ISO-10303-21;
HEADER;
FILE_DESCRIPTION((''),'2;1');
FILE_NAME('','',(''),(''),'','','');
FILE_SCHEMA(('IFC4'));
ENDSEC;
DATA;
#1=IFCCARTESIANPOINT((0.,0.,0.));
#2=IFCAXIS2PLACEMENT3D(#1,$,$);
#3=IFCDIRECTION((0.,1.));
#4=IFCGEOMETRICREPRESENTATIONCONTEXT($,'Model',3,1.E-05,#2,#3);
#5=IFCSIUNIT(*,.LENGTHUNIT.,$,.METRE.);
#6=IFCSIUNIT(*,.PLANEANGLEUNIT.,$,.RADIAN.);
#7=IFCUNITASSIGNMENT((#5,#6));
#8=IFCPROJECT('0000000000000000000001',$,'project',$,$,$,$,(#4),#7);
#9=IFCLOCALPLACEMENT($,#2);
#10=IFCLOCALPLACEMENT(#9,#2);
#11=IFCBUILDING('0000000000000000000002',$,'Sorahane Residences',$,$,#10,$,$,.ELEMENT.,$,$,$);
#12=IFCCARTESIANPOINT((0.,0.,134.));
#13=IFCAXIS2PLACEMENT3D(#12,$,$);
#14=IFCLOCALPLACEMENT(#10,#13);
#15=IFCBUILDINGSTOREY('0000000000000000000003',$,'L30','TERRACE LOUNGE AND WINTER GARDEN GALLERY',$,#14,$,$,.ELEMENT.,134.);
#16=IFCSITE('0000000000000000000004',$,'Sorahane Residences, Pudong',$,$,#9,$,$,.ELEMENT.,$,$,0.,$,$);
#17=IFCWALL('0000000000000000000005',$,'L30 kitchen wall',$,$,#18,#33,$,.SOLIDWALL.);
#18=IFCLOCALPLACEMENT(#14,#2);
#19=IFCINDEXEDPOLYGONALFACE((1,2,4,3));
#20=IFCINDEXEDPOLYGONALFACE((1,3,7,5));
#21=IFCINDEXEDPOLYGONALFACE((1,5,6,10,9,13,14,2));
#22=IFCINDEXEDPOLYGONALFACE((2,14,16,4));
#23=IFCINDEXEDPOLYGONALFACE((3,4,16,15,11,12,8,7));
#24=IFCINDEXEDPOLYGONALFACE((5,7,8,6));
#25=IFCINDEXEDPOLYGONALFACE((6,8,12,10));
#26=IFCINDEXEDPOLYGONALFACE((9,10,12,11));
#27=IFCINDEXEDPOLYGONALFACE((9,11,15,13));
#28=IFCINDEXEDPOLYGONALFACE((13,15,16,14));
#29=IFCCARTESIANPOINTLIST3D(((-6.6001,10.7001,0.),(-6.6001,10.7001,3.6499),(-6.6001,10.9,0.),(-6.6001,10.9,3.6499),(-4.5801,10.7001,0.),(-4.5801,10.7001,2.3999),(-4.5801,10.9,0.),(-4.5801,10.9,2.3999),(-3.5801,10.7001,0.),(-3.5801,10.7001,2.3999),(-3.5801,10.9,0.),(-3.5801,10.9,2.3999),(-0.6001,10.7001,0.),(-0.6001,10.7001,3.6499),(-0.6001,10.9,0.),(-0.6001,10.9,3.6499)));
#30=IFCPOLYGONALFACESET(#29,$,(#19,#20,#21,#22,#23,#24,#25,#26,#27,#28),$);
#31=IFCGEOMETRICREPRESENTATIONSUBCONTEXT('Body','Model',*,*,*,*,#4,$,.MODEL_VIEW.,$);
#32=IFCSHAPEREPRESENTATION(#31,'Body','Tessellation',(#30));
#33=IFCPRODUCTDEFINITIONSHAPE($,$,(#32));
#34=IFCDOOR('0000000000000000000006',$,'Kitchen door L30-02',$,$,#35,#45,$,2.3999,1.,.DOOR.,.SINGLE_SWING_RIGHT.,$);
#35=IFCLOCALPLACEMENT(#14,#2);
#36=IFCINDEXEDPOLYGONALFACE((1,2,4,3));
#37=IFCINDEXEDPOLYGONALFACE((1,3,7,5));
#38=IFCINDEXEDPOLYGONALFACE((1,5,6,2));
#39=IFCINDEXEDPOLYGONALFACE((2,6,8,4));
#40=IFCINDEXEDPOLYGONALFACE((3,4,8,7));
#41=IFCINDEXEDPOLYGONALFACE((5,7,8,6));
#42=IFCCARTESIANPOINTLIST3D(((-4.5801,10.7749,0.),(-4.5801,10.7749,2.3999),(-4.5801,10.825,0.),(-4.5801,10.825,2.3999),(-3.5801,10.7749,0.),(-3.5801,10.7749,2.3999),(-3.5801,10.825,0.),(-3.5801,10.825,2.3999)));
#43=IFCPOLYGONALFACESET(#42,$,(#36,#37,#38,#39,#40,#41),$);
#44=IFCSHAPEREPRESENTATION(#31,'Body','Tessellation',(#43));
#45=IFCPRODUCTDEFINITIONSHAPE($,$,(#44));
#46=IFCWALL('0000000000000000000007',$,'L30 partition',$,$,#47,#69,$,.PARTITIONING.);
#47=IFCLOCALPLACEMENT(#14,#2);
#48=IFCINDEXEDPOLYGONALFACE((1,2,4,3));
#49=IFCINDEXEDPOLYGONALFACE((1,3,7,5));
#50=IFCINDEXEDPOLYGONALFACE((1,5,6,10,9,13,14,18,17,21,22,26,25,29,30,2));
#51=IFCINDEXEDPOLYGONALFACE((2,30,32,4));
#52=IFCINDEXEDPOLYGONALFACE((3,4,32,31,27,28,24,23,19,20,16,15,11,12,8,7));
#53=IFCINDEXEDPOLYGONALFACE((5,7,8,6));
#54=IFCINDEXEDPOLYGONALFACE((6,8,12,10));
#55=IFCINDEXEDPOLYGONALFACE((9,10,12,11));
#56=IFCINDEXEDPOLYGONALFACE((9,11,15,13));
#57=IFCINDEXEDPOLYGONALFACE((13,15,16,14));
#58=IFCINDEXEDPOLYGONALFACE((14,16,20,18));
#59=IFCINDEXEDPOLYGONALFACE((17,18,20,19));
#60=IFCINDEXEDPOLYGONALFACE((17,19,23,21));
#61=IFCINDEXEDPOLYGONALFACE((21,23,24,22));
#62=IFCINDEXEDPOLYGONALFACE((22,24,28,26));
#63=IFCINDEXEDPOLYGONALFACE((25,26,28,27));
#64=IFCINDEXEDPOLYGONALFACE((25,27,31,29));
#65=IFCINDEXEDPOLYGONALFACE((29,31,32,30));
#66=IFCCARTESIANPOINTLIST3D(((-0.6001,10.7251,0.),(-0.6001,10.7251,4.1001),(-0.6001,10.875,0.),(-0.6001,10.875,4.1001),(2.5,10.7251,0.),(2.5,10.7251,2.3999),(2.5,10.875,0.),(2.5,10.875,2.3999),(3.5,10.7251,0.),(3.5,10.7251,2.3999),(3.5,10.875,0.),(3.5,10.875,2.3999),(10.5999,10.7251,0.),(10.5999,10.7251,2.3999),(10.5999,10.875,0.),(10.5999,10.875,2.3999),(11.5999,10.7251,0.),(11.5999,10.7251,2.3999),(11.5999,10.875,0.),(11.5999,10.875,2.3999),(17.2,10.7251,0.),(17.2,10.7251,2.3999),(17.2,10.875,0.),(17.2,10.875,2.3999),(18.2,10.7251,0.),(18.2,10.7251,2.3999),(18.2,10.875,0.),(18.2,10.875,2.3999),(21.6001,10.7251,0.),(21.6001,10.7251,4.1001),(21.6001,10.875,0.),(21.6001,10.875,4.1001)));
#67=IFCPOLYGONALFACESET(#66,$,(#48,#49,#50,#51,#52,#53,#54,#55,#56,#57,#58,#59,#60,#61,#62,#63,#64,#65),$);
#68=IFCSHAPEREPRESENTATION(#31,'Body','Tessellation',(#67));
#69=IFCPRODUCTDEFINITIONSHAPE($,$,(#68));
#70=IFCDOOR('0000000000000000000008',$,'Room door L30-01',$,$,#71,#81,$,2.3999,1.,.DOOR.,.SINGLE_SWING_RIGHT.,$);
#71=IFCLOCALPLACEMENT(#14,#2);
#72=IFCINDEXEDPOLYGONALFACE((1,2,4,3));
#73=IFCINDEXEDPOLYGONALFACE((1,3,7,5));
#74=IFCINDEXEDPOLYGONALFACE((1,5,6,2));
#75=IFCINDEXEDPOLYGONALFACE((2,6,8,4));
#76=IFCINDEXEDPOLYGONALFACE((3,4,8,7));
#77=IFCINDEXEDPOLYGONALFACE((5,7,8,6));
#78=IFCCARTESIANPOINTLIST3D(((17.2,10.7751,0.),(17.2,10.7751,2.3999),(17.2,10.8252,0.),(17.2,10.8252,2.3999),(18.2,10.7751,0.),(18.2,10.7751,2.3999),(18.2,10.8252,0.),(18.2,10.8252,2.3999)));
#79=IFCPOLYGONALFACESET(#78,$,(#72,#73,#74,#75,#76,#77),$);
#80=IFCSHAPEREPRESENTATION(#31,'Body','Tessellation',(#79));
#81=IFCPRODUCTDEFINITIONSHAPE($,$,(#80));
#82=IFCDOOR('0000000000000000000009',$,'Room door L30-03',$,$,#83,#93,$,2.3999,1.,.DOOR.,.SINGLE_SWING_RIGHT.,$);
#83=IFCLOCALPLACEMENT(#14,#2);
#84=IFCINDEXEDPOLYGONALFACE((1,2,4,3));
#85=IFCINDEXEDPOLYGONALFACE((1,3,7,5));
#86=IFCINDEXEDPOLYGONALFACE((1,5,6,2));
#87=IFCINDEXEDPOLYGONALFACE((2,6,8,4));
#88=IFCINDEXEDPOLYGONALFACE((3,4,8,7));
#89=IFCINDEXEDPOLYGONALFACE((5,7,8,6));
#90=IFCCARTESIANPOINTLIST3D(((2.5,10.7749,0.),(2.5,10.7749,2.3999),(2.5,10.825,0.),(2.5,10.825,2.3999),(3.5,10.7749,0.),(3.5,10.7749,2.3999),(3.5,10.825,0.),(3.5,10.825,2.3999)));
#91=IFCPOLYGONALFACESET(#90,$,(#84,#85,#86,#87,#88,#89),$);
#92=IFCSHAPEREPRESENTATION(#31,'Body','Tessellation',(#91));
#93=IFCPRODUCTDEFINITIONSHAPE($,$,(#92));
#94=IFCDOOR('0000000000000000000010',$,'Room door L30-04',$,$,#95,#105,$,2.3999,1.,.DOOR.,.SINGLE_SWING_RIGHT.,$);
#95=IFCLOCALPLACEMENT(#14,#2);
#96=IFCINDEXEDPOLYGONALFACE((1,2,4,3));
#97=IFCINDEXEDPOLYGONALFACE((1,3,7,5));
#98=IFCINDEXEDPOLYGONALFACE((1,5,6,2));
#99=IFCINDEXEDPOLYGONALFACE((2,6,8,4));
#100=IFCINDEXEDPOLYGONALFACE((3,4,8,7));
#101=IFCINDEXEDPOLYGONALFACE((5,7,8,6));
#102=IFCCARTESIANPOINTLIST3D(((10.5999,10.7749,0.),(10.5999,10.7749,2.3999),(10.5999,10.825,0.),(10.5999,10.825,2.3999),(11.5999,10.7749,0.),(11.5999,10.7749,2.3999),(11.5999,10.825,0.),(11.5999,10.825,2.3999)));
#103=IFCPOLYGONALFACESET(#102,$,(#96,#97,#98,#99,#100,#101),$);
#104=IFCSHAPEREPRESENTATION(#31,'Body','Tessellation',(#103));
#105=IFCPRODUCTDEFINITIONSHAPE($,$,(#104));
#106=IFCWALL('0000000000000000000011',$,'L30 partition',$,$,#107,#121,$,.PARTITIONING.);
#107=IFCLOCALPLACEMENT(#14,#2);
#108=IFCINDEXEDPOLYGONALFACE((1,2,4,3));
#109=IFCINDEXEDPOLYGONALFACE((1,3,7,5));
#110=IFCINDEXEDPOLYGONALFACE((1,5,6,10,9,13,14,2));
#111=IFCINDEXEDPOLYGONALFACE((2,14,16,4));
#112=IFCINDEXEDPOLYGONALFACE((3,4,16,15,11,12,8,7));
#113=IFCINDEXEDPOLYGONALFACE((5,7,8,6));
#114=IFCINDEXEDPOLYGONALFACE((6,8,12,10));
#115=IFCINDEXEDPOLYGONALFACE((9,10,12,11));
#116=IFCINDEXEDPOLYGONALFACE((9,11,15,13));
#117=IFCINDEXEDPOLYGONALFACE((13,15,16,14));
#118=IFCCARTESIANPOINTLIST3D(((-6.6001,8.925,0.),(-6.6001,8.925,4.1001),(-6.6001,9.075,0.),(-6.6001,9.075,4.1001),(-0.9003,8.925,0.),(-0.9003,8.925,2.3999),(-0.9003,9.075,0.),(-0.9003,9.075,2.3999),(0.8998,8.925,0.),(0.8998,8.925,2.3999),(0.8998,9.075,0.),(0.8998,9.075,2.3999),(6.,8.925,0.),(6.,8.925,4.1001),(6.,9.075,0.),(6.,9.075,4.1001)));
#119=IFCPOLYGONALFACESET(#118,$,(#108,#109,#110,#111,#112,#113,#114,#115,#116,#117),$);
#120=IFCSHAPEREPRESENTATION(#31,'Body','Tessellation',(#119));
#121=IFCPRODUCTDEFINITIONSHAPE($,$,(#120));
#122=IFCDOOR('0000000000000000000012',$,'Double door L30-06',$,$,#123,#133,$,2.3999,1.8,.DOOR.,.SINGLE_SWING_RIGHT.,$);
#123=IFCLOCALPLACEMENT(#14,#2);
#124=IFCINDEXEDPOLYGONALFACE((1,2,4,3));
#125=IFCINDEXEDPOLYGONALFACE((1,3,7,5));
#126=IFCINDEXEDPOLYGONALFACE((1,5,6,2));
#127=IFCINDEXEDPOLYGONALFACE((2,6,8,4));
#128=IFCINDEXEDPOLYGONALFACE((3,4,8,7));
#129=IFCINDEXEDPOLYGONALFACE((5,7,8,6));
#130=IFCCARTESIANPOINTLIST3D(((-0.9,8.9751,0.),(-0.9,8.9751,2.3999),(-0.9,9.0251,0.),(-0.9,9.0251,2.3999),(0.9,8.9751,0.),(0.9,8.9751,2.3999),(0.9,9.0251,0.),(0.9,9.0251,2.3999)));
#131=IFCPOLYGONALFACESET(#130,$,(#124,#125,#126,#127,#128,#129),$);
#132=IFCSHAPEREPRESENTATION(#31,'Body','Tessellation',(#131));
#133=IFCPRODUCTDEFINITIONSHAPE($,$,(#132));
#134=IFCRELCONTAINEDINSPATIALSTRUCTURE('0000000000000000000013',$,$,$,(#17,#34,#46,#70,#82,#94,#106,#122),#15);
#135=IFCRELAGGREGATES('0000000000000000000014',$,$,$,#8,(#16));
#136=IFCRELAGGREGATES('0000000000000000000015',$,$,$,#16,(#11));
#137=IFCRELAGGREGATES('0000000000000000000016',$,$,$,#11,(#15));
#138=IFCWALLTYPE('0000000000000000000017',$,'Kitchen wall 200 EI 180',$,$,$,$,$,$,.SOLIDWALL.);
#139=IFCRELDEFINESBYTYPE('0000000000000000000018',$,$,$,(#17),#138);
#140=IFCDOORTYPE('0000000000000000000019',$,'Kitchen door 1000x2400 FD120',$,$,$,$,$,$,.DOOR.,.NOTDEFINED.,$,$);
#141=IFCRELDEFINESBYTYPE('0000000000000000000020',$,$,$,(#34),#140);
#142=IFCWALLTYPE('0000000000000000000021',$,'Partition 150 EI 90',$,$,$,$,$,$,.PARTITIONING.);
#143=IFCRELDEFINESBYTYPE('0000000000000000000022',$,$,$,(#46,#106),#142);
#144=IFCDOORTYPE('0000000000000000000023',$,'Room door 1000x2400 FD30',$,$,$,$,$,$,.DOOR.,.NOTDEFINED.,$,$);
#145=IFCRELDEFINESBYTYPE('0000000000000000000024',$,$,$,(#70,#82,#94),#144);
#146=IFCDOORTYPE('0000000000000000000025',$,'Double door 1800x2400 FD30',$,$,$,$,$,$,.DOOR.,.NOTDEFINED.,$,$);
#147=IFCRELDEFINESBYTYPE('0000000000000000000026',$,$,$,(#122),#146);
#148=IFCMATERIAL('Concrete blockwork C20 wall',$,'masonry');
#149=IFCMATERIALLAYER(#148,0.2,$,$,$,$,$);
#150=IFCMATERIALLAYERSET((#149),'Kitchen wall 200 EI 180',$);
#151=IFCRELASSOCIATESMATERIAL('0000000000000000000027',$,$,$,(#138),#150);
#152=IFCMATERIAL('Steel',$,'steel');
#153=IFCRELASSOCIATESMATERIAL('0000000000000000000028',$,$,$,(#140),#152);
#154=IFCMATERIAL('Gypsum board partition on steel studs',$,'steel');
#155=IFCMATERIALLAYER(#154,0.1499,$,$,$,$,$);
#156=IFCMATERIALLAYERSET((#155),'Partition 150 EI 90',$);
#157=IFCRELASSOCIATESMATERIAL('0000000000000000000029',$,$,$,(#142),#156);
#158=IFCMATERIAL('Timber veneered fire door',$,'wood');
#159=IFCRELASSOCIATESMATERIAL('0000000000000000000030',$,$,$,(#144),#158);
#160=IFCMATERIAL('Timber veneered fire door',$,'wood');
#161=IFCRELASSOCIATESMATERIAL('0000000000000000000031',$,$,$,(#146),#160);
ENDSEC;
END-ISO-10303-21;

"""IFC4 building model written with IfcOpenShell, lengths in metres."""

from ifc_helpers import new_model, si_unit, direction, frame, frame_2d, origin, place, context, subcontext, project, spatial, rectangle, extrude, material, layer, layer_set, type_object, element, fill, save


model = new_model("IFC4")

# Units and contexts
model_context = context("Model", 3, precision=1e-05, world=origin(), true_north=direction((0.0, 1.0)))
body_context = subcontext(model_context, "Body", "Model", "MODEL_VIEW")
ifc_project = project(units=[si_unit("LENGTHUNIT", "METRE"), si_unit("PLANEANGLEUNIT", "RADIAN")], contexts=[model_context])

# Site, building, storey
site_placement = place(None, origin())
site = spatial("IfcSite", under=ifc_project, at=site_placement, Name="Sorahane Residences, Pudong", CompositionType="ELEMENT", RefElevation=0.0)
building_placement = place(site_placement, origin())
building = spatial("IfcBuilding", under=site, at=building_placement, Name="Sorahane Residences", CompositionType="ELEMENT")
storey_placement = place(building_placement, frame((0.0, 0.0, 134.0)))
storey = spatial("IfcBuildingStorey", under=building, at=storey_placement, Name="L30", Description="TERRACE LOUNGE AND WINTER GARDEN GALLERY", CompositionType="ELEMENT", Elevation=134.0)

# Shared definitions
ifc_material_1 = material(Name="Concrete blockwork C20 wall", Category="masonry")
ifc_layer_1 = layer(ifc_material_1, 0.2)
ifc_layer_set_1 = layer_set([ifc_layer_1], Name="Kitchen wall 200 EI 180")
wall_type_1 = type_object("IfcWallType", Name="Kitchen wall 200 EI 180", PredefinedType="SOLIDWALL", material=ifc_layer_set_1)

# Wall, opening, door
wall_1_placement = place(storey_placement, frame((-6.6001, 10.8, 0.0), z_axis=(0.0, 0.0, 1.0), x_axis=(1.0, 0.0, 0.0)))
wall_1 = element("IfcWall", 1, at=wall_1_placement, inside=storey, type_object=wall_type_1, Name="L30 kitchen wall", PredefinedType="SOLIDWALL", context=body_context, shape_type="SweptSolid", body=[
    extrude(rectangle(XDim=6.0, YDim=0.2, at=frame_2d((3.0, 0.0))), origin(), (0.0, 0.0, 1.0), 3.6499),
])
opening_1_placement = place(wall_1_placement, frame((2.02, 0.0, 0.0)))
opening_1 = element("IfcOpeningElement", 2, at=opening_1_placement, cuts=wall_1, PredefinedType="OPENING", context=body_context, shape_type="SweptSolid", body=[
    extrude(rectangle(XDim=1.0, YDim=2.3999, at=frame_2d((0.5, 1.2))), frame((0.0, 0.1099, 0.0), z_axis=(0.0, -1.0, 0.0), x_axis=(1.0, 0.0, 0.0)), (0.0, 0.0, 1.0), 0.22),
])
ifc_material_2 = material(Name="Steel", Category="steel")
door_type_1 = type_object("IfcDoorType", Name="Kitchen door 1000x2400 FD120", OperationType="NOTDEFINED", PredefinedType="DOOR", material=ifc_material_2)
door_1_placement = place(opening_1_placement, origin())
door_1 = element("IfcDoor", 3, at=door_1_placement, inside=storey, type_object=door_type_1, Name="Kitchen door L30-02", OperationType="SINGLE_SWING_RIGHT", OverallHeight=2.3999, OverallWidth=1.0, PredefinedType="DOOR", context=body_context, shape_type="SweptSolid", body=[
    extrude(rectangle(XDim=1.0, YDim=2.3999, at=frame_2d((0.5, 1.2))), frame((0.0, 0.0249, 0.0), z_axis=(0.0, -1.0, 0.0), x_axis=(1.0, 0.0, 0.0)), (0.0, 0.0, 1.0), 0.05),
])
fill(opening_1, door_1)

# Wall, openings, doors
ifc_material_3 = material(Name="Gypsum board partition on steel studs", Category="steel")
ifc_layer_2 = layer(ifc_material_3, 0.1499)
ifc_layer_set_2 = layer_set([ifc_layer_2], Name="Partition 150 EI 90")
wall_type_2 = type_object("IfcWallType", Name="Partition 150 EI 90", PredefinedType="PARTITIONING", material=ifc_layer_set_2)
wall_2_placement = place(storey_placement, frame((-0.6001, 10.8, 0.0), z_axis=(0.0, 0.0, 1.0), x_axis=(1.0, 0.0, 0.0)))
wall_2 = element("IfcWall", 4, at=wall_2_placement, inside=storey, type_object=wall_type_2, Name="L30 partition", PredefinedType="PARTITIONING", context=body_context, shape_type="SweptSolid", body=[
    extrude(rectangle(XDim=22.2002, YDim=0.1499, at=frame_2d((11.1001, 0.0))), origin(), (0.0, 0.0, 1.0), 4.1001),
])
opening_2_placement = place(wall_2_placement, frame((17.8, 0.0, 0.0)))
opening_2 = element("IfcOpeningElement", 5, at=opening_2_placement, cuts=wall_2, PredefinedType="OPENING", context=body_context, shape_type="SweptSolid", body=[
    extrude(rectangle(XDim=1.0, YDim=2.3999, at=frame_2d((0.5, 1.2))), frame((0.0, 0.085, 0.0), z_axis=(0.0, -1.0, 0.0), x_axis=(1.0, 0.0, 0.0)), (0.0, 0.0, 1.0), 0.1699),
])
opening_3_placement = place(wall_2_placement, frame((3.1001, 0.0, 0.0)))
opening_3 = element("IfcOpeningElement", 6, at=opening_3_placement, cuts=wall_2, PredefinedType="OPENING", context=body_context, shape_type="SweptSolid", body=[
    extrude(rectangle(XDim=1.0, YDim=2.3999, at=frame_2d((0.5, 1.2))), frame((0.0, 0.085, 0.0), z_axis=(0.0, -1.0, 0.0), x_axis=(1.0, 0.0, 0.0)), (0.0, 0.0, 1.0), 0.1699),
])
opening_4_placement = place(wall_2_placement, frame((11.2, 0.0, 0.0)))
opening_4 = element("IfcOpeningElement", 7, at=opening_4_placement, cuts=wall_2, PredefinedType="OPENING", context=body_context, shape_type="SweptSolid", body=[
    extrude(rectangle(XDim=1.0, YDim=2.3999, at=frame_2d((0.5, 1.2))), frame((0.0, 0.085, 0.0), z_axis=(0.0, -1.0, 0.0), x_axis=(1.0, 0.0, 0.0)), (0.0, 0.0, 1.0), 0.1699),
])
ifc_material_4 = material(Name="Timber veneered fire door", Category="wood")
door_type_2 = type_object("IfcDoorType", Name="Room door 1000x2400 FD30", OperationType="NOTDEFINED", PredefinedType="DOOR", material=ifc_material_4)
door_2_placement = place(opening_2_placement, frame((1.0, 0.0, 0.0), z_axis=(0.0, 0.0, 1.0), x_axis=(-1.0, 0.0, 0.0)))
door_2 = element("IfcDoor", 8, at=door_2_placement, inside=storey, type_object=door_type_2, Name="Room door L30-01", OperationType="SINGLE_SWING_RIGHT", OverallHeight=2.3999, OverallWidth=1.0, PredefinedType="DOOR", context=body_context, shape_type="SweptSolid", body=[
    extrude(rectangle(XDim=1.0, YDim=2.3999, at=frame_2d((0.5, 1.2))), frame((0.0, 0.0249, 0.0), z_axis=(0.0, -1.0, 0.0), x_axis=(1.0, 0.0, 0.0)), (0.0, 0.0, 1.0), 0.05),
])
fill(opening_2, door_2)
door_3_placement = place(opening_3_placement, origin())
door_3 = element("IfcDoor", 9, at=door_3_placement, inside=storey, type_object=door_type_2, Name="Room door L30-03", OperationType="SINGLE_SWING_RIGHT", OverallHeight=2.3999, OverallWidth=1.0, PredefinedType="DOOR", context=body_context, shape_type="SweptSolid", body=[
    extrude(rectangle(XDim=1.0, YDim=2.3999, at=frame_2d((0.5, 1.2))), frame((0.0, 0.0249, 0.0), z_axis=(0.0, -1.0, 0.0), x_axis=(1.0, 0.0, 0.0)), (0.0, 0.0, 1.0), 0.05),
])
fill(opening_3, door_3)
door_4_placement = place(opening_4_placement, origin())
door_4 = element("IfcDoor", 10, at=door_4_placement, inside=storey, type_object=door_type_2, Name="Room door L30-04", OperationType="SINGLE_SWING_RIGHT", OverallHeight=2.3999, OverallWidth=1.0, PredefinedType="DOOR", context=body_context, shape_type="SweptSolid", body=[
    extrude(rectangle(XDim=1.0, YDim=2.3999, at=frame_2d((0.5, 1.2))), frame((0.0, 0.0249, 0.0), z_axis=(0.0, -1.0, 0.0), x_axis=(1.0, 0.0, 0.0)), (0.0, 0.0, 1.0), 0.05),
])
fill(opening_4, door_4)

# Wall, opening, door
wall_3_placement = place(storey_placement, frame((-6.6001, 9.0, 0.0), z_axis=(0.0, 0.0, 1.0), x_axis=(1.0, 0.0, 0.0)))
wall_3 = element("IfcWall", 11, at=wall_3_placement, inside=storey, type_object=wall_type_2, Name="L30 partition", PredefinedType="PARTITIONING", context=body_context, shape_type="SweptSolid", body=[
    extrude(rectangle(XDim=12.6001, YDim=0.1499, at=frame_2d((6.3, 0.0))), origin(), (0.0, 0.0, 1.0), 4.1001),
])
opening_5_placement = place(wall_3_placement, frame((5.7, 0.0, 0.0)))
opening_5 = element("IfcOpeningElement", 12, at=opening_5_placement, cuts=wall_3, PredefinedType="OPENING", context=body_context, shape_type="SweptSolid", body=[
    extrude(rectangle(XDim=1.8, YDim=2.3999, at=frame_2d((0.8999, 1.2))), frame((0.0, 0.085, 0.0), z_axis=(0.0, -1.0, 0.0), x_axis=(1.0, 0.0, 0.0)), (0.0, 0.0, 1.0), 0.1699),
])
ifc_material_5 = material(Name="Timber veneered fire door", Category="wood")
door_type_3 = type_object("IfcDoorType", Name="Double door 1800x2400 FD30", OperationType="NOTDEFINED", PredefinedType="DOOR", material=ifc_material_5)
door_5_placement = place(opening_5_placement, frame((1.8, 0.0, 0.0), z_axis=(0.0, 0.0, 1.0), x_axis=(-1.0, 0.0, 0.0)))
door_5 = element("IfcDoor", 13, at=door_5_placement, inside=storey, type_object=door_type_3, Name="Double door L30-06", OperationType="SINGLE_SWING_RIGHT", OverallHeight=2.3999, OverallWidth=1.8, PredefinedType="DOOR", context=body_context, shape_type="SweptSolid", body=[
    extrude(rectangle(XDim=1.8, YDim=2.3999, at=frame_2d((0.8999, 1.2))), frame((0.0, 0.0249, 0.0), z_axis=(0.0, -1.0, 0.0), x_axis=(1.0, 0.0, 0.0)), (0.0, 0.0, 1.0), 0.05),
])
fill(opening_5, door_5)

save(model, "model.ifc")
